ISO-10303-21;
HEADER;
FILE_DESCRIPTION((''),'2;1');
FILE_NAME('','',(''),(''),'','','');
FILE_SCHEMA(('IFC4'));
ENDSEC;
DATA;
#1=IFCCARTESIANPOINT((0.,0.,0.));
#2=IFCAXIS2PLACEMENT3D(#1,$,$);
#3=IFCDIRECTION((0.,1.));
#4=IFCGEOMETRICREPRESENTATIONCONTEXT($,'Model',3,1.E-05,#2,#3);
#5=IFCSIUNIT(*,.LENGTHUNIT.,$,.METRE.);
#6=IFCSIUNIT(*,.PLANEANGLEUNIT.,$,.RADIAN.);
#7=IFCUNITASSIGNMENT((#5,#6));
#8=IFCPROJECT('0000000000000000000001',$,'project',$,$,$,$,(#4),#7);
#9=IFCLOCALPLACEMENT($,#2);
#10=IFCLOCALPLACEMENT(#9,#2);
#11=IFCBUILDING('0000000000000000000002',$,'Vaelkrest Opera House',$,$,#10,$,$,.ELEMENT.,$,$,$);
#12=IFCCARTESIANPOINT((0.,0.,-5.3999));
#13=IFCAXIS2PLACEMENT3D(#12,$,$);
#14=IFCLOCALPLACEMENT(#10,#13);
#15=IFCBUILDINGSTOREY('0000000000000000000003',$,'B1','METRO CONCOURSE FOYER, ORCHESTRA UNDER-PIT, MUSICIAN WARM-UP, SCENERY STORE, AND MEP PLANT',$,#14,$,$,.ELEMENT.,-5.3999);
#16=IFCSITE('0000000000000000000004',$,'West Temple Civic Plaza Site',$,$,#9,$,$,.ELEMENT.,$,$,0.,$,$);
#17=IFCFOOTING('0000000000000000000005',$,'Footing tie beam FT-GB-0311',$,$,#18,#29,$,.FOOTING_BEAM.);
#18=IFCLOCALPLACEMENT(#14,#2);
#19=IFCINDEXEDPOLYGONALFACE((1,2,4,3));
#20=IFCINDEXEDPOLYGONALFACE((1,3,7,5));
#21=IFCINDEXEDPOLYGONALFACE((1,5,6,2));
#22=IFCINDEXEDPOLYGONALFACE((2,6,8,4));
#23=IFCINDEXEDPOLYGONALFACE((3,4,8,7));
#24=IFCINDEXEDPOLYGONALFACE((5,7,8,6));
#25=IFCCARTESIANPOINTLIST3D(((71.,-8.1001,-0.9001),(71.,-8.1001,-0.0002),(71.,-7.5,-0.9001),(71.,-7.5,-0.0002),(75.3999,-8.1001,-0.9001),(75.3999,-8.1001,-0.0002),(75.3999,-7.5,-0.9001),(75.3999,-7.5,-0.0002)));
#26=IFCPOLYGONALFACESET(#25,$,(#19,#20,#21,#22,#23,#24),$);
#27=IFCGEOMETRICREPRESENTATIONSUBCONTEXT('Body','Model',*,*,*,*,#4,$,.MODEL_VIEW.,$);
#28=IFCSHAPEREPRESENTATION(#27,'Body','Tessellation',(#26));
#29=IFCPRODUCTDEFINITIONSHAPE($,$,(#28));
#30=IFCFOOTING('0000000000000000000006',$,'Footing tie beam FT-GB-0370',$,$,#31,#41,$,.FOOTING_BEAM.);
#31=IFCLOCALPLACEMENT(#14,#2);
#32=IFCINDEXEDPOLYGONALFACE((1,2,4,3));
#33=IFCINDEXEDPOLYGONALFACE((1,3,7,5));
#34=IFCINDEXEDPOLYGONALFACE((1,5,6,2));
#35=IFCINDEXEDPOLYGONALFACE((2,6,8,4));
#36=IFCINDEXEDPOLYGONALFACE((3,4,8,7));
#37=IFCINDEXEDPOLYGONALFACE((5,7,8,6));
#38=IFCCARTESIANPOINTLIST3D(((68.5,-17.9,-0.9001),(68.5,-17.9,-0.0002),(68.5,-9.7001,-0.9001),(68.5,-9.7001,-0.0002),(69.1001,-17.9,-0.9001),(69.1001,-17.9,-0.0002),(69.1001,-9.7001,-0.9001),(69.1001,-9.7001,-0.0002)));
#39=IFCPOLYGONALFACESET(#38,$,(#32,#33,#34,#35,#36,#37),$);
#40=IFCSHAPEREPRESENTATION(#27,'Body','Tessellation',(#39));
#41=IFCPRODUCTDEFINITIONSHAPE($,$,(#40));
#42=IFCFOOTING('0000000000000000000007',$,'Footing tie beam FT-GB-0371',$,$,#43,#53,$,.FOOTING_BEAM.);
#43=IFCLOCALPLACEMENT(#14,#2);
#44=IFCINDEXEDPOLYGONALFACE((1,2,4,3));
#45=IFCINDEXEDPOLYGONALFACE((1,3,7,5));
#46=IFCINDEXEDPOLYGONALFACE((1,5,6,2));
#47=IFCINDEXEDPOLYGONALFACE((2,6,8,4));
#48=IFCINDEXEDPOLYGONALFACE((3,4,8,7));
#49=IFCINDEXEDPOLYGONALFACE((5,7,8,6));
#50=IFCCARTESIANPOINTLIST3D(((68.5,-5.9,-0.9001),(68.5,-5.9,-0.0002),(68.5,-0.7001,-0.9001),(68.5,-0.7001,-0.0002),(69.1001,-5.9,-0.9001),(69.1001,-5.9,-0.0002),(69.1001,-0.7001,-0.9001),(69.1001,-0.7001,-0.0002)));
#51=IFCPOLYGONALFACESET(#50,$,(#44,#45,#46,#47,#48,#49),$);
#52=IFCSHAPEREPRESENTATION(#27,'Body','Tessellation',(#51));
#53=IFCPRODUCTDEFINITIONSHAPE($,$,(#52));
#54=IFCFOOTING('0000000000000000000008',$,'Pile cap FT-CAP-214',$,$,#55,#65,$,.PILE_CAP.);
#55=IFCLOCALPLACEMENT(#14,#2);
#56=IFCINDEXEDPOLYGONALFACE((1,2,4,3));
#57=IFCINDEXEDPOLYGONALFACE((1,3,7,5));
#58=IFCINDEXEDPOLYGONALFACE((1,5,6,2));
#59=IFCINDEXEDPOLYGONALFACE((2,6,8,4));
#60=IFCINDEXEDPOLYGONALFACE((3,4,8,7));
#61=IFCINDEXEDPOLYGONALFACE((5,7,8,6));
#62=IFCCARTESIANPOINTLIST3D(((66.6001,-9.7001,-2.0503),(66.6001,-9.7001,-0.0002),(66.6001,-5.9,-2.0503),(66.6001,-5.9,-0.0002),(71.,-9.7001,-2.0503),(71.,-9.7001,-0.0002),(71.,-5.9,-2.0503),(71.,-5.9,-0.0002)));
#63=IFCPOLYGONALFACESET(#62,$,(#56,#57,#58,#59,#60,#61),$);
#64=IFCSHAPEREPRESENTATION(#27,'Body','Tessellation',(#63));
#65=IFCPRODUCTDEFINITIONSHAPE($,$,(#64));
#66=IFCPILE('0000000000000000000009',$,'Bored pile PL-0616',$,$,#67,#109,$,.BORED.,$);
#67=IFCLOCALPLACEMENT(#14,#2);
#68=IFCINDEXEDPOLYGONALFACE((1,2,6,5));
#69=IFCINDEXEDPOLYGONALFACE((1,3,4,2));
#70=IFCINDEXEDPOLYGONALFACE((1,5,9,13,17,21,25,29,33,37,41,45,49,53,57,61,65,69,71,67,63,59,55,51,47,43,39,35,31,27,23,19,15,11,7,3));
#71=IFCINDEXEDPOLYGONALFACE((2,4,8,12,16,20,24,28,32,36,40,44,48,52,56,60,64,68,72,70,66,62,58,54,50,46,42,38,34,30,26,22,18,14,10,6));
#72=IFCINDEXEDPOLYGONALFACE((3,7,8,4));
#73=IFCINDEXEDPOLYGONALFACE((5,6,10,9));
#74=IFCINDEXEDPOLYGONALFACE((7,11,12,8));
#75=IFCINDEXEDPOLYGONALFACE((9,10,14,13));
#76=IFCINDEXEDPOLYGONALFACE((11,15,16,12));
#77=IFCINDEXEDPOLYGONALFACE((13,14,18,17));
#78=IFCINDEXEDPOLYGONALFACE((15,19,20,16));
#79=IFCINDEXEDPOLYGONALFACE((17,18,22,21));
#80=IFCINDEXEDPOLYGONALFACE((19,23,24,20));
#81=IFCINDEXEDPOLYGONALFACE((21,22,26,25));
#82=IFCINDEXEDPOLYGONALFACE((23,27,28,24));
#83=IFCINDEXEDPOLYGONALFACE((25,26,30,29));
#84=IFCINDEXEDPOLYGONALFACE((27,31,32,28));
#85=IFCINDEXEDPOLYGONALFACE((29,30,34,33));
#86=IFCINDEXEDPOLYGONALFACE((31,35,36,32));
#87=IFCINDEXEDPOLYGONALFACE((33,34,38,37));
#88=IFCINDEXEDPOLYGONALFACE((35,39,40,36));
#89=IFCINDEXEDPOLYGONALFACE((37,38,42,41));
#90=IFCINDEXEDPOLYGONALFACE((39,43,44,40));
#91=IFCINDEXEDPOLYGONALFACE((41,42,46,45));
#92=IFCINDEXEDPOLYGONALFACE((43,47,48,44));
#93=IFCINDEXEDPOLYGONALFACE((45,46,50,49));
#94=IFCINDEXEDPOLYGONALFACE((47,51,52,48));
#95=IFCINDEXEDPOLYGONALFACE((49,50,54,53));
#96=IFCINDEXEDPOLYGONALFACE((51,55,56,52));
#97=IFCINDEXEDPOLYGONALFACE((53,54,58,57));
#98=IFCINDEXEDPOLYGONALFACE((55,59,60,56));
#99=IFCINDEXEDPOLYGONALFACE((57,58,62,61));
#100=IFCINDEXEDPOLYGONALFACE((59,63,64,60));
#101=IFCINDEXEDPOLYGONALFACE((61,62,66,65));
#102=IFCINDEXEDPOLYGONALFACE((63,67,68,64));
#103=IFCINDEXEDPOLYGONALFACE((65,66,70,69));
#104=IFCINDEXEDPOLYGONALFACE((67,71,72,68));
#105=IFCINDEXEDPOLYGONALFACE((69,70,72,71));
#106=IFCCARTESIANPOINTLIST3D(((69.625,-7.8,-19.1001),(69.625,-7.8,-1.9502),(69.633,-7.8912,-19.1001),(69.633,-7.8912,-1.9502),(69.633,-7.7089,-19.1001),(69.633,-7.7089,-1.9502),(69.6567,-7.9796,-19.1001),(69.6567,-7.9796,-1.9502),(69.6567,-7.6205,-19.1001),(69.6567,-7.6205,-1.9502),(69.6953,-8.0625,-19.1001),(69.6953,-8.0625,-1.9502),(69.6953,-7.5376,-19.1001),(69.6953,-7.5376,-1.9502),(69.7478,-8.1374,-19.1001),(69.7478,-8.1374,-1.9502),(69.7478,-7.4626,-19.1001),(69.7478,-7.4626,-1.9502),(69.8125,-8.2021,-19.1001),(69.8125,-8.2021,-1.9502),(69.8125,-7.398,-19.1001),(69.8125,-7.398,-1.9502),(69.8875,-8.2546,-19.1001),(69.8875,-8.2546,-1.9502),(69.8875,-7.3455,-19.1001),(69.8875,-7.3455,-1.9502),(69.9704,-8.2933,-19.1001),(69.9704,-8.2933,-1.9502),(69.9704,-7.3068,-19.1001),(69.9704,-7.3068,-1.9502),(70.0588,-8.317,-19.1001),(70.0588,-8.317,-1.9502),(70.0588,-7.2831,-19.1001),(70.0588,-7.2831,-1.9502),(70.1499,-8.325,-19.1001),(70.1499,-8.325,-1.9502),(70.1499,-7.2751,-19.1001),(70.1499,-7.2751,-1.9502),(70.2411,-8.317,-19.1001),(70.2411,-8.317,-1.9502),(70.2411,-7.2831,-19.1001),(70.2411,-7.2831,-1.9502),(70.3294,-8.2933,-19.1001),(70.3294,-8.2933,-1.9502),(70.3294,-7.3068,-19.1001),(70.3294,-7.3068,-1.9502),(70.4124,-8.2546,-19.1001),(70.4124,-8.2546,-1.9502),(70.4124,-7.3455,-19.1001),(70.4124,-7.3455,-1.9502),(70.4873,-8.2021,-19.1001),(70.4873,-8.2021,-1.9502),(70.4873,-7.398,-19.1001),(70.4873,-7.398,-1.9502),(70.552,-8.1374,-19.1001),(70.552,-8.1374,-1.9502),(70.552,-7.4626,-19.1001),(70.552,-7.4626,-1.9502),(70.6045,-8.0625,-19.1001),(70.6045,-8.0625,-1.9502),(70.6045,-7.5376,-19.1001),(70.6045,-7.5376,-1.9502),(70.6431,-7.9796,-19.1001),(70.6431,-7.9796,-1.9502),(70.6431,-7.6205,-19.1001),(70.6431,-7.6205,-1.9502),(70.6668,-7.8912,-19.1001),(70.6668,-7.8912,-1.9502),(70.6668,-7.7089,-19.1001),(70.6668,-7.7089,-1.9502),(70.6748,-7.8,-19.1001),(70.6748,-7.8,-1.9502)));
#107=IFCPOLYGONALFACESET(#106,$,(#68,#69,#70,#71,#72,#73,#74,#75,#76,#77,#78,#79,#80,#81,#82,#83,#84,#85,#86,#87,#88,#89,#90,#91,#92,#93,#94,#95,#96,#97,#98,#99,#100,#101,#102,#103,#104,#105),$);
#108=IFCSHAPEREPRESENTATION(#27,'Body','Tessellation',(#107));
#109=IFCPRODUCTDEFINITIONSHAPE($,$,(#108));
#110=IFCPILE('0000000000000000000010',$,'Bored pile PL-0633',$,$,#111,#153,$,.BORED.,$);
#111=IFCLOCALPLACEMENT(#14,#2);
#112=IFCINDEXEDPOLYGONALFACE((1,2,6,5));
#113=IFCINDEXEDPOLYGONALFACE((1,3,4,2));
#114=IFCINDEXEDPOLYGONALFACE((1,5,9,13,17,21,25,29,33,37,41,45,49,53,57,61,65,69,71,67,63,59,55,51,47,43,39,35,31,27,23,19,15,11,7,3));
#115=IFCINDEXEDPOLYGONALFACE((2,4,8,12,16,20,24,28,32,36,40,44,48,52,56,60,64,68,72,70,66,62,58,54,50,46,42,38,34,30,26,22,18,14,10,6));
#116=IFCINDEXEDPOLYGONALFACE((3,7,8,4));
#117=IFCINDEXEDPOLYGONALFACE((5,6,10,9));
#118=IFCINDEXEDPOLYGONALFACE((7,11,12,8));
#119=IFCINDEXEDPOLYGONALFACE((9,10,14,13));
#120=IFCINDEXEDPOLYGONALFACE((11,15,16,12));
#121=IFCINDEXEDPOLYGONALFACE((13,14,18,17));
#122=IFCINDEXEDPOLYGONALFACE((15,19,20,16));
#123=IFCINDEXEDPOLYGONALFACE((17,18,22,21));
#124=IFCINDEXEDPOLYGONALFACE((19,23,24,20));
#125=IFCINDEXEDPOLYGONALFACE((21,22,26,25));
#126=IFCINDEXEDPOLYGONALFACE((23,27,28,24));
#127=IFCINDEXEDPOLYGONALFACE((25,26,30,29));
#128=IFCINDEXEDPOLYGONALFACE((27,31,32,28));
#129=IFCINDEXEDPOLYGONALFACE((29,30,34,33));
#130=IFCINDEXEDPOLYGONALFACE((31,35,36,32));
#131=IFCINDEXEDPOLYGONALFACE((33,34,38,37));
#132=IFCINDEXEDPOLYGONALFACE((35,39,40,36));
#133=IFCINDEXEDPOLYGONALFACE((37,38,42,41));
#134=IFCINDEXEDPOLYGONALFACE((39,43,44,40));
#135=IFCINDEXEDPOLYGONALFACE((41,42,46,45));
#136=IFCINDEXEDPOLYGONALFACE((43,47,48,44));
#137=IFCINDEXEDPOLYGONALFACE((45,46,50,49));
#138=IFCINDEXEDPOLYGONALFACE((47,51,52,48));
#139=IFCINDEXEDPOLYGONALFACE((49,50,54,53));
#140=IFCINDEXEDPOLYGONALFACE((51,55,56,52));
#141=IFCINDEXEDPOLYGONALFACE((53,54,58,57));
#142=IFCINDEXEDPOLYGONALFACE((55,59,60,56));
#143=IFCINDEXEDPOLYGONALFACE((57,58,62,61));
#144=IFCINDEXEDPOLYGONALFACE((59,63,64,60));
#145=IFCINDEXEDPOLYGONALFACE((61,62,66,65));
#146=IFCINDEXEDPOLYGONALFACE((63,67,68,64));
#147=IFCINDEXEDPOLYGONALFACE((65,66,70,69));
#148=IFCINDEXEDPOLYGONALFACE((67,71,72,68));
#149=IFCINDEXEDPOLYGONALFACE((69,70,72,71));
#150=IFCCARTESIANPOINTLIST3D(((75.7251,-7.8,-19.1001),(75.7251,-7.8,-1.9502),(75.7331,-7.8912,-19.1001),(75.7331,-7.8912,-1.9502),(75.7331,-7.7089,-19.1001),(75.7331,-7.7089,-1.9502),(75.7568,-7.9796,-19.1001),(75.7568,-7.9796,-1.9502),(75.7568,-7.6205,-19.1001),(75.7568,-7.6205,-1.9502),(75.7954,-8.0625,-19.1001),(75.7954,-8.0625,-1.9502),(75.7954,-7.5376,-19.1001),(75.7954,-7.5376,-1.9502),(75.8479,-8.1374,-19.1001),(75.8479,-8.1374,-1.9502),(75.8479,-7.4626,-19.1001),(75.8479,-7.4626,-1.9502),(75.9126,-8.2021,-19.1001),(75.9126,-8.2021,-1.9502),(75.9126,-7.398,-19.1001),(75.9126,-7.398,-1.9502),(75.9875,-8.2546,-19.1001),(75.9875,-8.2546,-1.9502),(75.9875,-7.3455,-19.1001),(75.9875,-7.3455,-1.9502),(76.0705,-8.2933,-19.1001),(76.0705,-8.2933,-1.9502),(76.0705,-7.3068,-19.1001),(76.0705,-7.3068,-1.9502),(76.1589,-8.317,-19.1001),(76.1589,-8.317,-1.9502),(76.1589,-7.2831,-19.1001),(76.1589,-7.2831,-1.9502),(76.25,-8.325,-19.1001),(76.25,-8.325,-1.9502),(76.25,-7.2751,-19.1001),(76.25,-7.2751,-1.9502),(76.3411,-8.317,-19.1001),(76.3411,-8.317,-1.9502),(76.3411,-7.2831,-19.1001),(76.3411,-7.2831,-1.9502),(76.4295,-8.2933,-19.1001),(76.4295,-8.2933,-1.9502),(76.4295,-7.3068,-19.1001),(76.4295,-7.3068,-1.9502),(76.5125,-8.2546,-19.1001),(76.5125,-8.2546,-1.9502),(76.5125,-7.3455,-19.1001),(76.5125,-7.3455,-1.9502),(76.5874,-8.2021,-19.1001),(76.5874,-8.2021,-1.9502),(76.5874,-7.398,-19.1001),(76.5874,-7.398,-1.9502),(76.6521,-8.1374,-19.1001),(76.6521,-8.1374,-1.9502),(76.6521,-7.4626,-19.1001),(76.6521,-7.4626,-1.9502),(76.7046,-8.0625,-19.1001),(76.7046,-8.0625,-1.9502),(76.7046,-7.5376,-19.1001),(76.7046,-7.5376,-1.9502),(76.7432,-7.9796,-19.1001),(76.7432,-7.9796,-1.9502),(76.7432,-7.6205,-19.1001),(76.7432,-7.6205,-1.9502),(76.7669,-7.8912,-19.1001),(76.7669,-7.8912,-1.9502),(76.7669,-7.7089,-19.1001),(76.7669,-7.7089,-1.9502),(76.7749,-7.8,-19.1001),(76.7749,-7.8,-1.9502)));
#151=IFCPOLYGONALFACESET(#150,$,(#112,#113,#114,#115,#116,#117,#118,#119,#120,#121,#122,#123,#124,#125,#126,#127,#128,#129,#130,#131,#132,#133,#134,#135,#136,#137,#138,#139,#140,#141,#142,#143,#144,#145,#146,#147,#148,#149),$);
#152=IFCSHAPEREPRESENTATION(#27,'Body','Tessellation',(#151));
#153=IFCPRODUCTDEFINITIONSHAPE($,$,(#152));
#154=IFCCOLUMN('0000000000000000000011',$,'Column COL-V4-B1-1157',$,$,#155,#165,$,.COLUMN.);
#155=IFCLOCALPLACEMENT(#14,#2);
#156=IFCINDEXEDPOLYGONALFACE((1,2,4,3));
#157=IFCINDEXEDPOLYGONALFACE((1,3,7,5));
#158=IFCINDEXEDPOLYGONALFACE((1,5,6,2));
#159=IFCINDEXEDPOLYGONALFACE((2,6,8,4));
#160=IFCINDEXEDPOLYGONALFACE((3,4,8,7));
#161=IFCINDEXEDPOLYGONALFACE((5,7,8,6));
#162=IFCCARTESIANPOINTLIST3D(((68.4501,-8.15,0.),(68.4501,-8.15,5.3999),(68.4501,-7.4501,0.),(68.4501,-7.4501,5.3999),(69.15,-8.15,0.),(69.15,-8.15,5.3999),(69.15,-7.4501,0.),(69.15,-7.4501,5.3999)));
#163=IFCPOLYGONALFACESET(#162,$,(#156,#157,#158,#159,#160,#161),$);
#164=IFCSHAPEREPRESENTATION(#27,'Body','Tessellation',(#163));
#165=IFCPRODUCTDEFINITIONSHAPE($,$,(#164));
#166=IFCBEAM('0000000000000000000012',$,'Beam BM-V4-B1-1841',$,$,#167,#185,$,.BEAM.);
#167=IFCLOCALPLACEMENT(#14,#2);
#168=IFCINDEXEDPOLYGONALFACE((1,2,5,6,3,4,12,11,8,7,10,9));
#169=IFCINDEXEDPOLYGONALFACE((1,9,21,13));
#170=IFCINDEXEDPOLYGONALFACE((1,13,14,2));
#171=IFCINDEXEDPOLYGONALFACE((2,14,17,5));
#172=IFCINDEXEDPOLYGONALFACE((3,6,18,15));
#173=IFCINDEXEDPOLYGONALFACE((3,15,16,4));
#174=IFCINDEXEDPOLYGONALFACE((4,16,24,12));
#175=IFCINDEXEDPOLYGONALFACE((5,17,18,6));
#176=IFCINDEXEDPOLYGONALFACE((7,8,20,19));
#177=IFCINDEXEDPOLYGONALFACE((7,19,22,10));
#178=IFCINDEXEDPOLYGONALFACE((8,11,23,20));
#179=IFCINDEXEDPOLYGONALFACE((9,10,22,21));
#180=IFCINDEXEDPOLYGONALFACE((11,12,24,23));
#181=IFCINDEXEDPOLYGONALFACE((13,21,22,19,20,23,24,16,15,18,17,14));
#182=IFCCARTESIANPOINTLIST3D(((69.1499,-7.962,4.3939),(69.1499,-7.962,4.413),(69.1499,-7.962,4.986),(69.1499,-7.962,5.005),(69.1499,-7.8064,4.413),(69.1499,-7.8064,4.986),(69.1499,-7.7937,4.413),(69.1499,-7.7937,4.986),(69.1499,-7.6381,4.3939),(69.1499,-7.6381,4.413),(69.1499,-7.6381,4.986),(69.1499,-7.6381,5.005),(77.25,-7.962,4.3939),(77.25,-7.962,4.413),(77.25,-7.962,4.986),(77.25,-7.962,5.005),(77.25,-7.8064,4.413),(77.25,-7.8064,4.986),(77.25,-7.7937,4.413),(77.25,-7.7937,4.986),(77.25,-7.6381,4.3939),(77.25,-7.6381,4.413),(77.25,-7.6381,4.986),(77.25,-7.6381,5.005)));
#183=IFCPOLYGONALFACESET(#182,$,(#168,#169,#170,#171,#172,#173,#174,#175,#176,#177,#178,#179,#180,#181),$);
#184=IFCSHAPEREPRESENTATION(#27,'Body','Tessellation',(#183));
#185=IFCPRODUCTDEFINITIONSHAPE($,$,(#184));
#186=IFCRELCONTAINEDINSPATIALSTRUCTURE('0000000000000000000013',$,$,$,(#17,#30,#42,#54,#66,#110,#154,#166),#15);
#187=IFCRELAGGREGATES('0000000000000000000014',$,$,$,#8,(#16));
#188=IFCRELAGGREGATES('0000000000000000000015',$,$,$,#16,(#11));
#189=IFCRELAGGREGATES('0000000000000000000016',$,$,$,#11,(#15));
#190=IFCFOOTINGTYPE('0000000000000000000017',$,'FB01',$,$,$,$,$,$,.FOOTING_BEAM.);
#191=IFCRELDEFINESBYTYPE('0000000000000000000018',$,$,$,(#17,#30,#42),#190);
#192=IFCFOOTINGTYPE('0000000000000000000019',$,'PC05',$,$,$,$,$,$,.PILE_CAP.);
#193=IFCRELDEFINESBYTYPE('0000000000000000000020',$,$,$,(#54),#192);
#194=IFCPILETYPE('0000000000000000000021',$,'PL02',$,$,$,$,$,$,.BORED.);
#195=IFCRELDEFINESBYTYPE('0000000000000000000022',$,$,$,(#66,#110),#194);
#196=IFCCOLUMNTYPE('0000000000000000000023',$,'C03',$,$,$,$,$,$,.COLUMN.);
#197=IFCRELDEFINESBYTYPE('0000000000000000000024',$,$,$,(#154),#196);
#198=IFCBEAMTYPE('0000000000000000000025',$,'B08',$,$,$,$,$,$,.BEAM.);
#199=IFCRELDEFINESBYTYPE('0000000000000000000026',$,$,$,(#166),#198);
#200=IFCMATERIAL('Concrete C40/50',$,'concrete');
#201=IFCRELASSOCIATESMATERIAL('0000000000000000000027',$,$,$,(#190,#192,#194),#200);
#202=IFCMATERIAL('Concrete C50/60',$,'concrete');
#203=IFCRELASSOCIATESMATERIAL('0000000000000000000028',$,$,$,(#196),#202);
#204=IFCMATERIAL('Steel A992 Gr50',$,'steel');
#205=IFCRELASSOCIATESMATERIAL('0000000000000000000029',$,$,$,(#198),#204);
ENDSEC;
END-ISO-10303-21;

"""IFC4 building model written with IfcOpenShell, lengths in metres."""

from ifc_helpers import new_model, si_unit, direction, frame, origin, origin_2d, place, context, subcontext, project, spatial, rectangle, circle, i_section, extrude, material, material_profile, profile_set, type_object, element, save


model = new_model("IFC4")

# Units and contexts
model_context = context("Model", 3, precision=1e-05, world=origin(), true_north=direction((0.0, 1.0)))
body_context = subcontext(model_context, "Body", "Model", "MODEL_VIEW")
ifc_project = project(units=[si_unit("LENGTHUNIT", "METRE"), si_unit("PLANEANGLEUNIT", "RADIAN")], contexts=[model_context])

# Site, building, storey
site_placement = place(None, origin())
site = spatial("IfcSite", under=ifc_project, at=site_placement, Name="West Temple Civic Plaza Site", CompositionType="ELEMENT", RefElevation=0.0)
building_placement = place(site_placement, origin())
building = spatial("IfcBuilding", under=site, at=building_placement, Name="Vaelkrest Opera House", CompositionType="ELEMENT")
storey_placement = place(building_placement, frame((0.0, 0.0, -5.3999)))
storey = spatial("IfcBuildingStorey", under=building, at=storey_placement, Name="B1", Description="METRO CONCOURSE FOYER, ORCHESTRA UNDER-PIT, MUSICIAN WARM-UP, SCENERY STORE, AND MEP PLANT", CompositionType="ELEMENT", Elevation=-5.3999)

# Footings
ifc_material_1 = material(Name="Concrete C40/50", Category="concrete")
footing_type_1 = type_object("IfcFootingType", Name="FB01", PredefinedType="FOOTING_BEAM", material=ifc_material_1)
footing_1_placement = place(storey_placement, frame((73.2, -7.8, -0.9001), z_axis=(0.0, 0.0, 1.0), x_axis=(1.0, 0.0, 0.0)))
element("IfcFooting", 1, at=footing_1_placement, inside=storey, type_object=footing_type_1, Name="Footing tie beam FT-GB-0311", PredefinedType="FOOTING_BEAM", context=body_context, shape_type="SweptSolid", body=[
    extrude(rectangle(XDim=4.3999, YDim=0.6001, at=origin_2d()), origin(), (0.0, 0.0, 1.0), 0.8999),
])
footing_2_placement = place(storey_placement, frame((68.8, -13.8, -0.9001), z_axis=(0.0, 0.0, 1.0), x_axis=(0.0, 1.0, 0.0)))
element("IfcFooting", 2, at=footing_2_placement, inside=storey, type_object=footing_type_1, Name="Footing tie beam FT-GB-0370", PredefinedType="FOOTING_BEAM", context=body_context, shape_type="SweptSolid", body=[
    extrude(rectangle(XDim=8.2, YDim=0.6001, at=origin_2d()), origin(), (0.0, 0.0, 1.0), 0.8999),
])
footing_3_placement = place(storey_placement, frame((68.8, -3.3, -0.9001), z_axis=(0.0, 0.0, 1.0), x_axis=(0.0, 1.0, 0.0)))
element("IfcFooting", 3, at=footing_3_placement, inside=storey, type_object=footing_type_1, Name="Footing tie beam FT-GB-0371", PredefinedType="FOOTING_BEAM", context=body_context, shape_type="SweptSolid", body=[
    extrude(rectangle(XDim=5.2, YDim=0.6001, at=origin_2d()), origin(), (0.0, 0.0, 1.0), 0.8999),
])
footing_type_2 = type_object("IfcFootingType", Name="PC05", PredefinedType="PILE_CAP", material=ifc_material_1)
footing_4_placement = place(storey_placement, frame((68.8, -7.8, -2.0503), z_axis=(0.0, 0.0, 1.0), x_axis=(1.0, 0.0, 0.0)))
element("IfcFooting", 4, at=footing_4_placement, inside=storey, type_object=footing_type_2, Name="Pile cap FT-CAP-214", PredefinedType="PILE_CAP", context=body_context, shape_type="SweptSolid", body=[
    extrude(rectangle(XDim=4.3999, YDim=3.8, at=origin_2d()), origin(), (0.0, 0.0, 1.0), 2.05),
])

# Piles
ifc_material_profile_1 = material_profile(ifc_material_1, circle(Radius=0.5249, at=origin_2d()), Name="PILE1050")
ifc_profile_set_1 = profile_set([ifc_material_profile_1], Name="Concrete C40/50")
pile_type = type_object("IfcPileType", Name="PL02", PredefinedType="BORED", material=ifc_profile_set_1)
for number, where, z_axis, x_axis, name in (
    (5, (70.1499, -7.8, -1.9502), (0.0, 0.0, -1.0), (1.0, 0.0, 0.0), "Bored pile PL-0616"),
    (6, (76.25, -7.8, -1.9502), (0.0, 0.0, -1.0), (1.0, 0.0, 0.0), "Bored pile PL-0633"),
):
    element("IfcPile", number, at=place(storey_placement, frame(where, z_axis=z_axis, x_axis=x_axis)), inside=storey, type_object=pile_type, Name=name, PredefinedType="BORED", context=body_context, shape_type="SweptSolid", body=[
        extrude(circle(Radius=0.5249, at=origin_2d()), origin(), (0.0, 0.0, 1.0), 17.1499),
    ])

# Column
ifc_material_2 = material(Name="Concrete C50/60", Category="concrete")
ifc_material_profile_2 = material_profile(ifc_material_2, rectangle(XDim=0.7, YDim=0.7, at=origin_2d()), Name="RC700X700")
ifc_profile_set_2 = profile_set([ifc_material_profile_2], Name="Concrete C50/60")
column_type = type_object("IfcColumnType", Name="C03", PredefinedType="COLUMN", material=ifc_profile_set_2)
column_placement = place(storey_placement, frame((68.8, -7.8, 0.0), z_axis=(0.0, 0.0, 1.0), x_axis=(1.0, 0.0, 0.0)))
element("IfcColumn", 7, at=column_placement, inside=storey, type_object=column_type, Name="Column COL-V4-B1-1157", PredefinedType="COLUMN", context=body_context, shape_type="SweptSolid", body=[
    extrude(rectangle(XDim=0.7, YDim=0.7, at=origin_2d()), origin(), (0.0, 0.0, 1.0), 5.3999),
])

# Beam
ifc_material_3 = material(Name="Steel A992 Gr50", Category="steel")
ifc_material_profile_3 = material_profile(ifc_material_3, i_section(OverallWidth=0.324, OverallDepth=0.6111, WebThickness=0.0127, FlangeThickness=0.019, at=origin_2d()), Name="W24X104")
ifc_profile_set_3 = profile_set([ifc_material_profile_3], Name="Steel A992 Gr50")
beam_type_1 = type_object("IfcBeamType", Name="B08", PredefinedType="BEAM", material=ifc_profile_set_3)
beam_1_placement = place(storey_placement, frame((69.1499, -7.8, 4.6995), z_axis=(1.0, 0.0, 0.0), x_axis=(0.0, 1.0, 0.0)))
element("IfcBeam", 8, at=beam_1_placement, inside=storey, type_object=beam_type_1, Name="Beam BM-V4-B1-1841", PredefinedType="BEAM", context=body_context, shape_type="SweptSolid", body=[
    extrude(i_section(OverallWidth=0.324, OverallDepth=0.6111, WebThickness=0.0127, FlangeThickness=0.019, at=origin_2d()), origin(), (0.0, 0.0, 1.0), 8.1001),
])

save(model, "model.ifc")
